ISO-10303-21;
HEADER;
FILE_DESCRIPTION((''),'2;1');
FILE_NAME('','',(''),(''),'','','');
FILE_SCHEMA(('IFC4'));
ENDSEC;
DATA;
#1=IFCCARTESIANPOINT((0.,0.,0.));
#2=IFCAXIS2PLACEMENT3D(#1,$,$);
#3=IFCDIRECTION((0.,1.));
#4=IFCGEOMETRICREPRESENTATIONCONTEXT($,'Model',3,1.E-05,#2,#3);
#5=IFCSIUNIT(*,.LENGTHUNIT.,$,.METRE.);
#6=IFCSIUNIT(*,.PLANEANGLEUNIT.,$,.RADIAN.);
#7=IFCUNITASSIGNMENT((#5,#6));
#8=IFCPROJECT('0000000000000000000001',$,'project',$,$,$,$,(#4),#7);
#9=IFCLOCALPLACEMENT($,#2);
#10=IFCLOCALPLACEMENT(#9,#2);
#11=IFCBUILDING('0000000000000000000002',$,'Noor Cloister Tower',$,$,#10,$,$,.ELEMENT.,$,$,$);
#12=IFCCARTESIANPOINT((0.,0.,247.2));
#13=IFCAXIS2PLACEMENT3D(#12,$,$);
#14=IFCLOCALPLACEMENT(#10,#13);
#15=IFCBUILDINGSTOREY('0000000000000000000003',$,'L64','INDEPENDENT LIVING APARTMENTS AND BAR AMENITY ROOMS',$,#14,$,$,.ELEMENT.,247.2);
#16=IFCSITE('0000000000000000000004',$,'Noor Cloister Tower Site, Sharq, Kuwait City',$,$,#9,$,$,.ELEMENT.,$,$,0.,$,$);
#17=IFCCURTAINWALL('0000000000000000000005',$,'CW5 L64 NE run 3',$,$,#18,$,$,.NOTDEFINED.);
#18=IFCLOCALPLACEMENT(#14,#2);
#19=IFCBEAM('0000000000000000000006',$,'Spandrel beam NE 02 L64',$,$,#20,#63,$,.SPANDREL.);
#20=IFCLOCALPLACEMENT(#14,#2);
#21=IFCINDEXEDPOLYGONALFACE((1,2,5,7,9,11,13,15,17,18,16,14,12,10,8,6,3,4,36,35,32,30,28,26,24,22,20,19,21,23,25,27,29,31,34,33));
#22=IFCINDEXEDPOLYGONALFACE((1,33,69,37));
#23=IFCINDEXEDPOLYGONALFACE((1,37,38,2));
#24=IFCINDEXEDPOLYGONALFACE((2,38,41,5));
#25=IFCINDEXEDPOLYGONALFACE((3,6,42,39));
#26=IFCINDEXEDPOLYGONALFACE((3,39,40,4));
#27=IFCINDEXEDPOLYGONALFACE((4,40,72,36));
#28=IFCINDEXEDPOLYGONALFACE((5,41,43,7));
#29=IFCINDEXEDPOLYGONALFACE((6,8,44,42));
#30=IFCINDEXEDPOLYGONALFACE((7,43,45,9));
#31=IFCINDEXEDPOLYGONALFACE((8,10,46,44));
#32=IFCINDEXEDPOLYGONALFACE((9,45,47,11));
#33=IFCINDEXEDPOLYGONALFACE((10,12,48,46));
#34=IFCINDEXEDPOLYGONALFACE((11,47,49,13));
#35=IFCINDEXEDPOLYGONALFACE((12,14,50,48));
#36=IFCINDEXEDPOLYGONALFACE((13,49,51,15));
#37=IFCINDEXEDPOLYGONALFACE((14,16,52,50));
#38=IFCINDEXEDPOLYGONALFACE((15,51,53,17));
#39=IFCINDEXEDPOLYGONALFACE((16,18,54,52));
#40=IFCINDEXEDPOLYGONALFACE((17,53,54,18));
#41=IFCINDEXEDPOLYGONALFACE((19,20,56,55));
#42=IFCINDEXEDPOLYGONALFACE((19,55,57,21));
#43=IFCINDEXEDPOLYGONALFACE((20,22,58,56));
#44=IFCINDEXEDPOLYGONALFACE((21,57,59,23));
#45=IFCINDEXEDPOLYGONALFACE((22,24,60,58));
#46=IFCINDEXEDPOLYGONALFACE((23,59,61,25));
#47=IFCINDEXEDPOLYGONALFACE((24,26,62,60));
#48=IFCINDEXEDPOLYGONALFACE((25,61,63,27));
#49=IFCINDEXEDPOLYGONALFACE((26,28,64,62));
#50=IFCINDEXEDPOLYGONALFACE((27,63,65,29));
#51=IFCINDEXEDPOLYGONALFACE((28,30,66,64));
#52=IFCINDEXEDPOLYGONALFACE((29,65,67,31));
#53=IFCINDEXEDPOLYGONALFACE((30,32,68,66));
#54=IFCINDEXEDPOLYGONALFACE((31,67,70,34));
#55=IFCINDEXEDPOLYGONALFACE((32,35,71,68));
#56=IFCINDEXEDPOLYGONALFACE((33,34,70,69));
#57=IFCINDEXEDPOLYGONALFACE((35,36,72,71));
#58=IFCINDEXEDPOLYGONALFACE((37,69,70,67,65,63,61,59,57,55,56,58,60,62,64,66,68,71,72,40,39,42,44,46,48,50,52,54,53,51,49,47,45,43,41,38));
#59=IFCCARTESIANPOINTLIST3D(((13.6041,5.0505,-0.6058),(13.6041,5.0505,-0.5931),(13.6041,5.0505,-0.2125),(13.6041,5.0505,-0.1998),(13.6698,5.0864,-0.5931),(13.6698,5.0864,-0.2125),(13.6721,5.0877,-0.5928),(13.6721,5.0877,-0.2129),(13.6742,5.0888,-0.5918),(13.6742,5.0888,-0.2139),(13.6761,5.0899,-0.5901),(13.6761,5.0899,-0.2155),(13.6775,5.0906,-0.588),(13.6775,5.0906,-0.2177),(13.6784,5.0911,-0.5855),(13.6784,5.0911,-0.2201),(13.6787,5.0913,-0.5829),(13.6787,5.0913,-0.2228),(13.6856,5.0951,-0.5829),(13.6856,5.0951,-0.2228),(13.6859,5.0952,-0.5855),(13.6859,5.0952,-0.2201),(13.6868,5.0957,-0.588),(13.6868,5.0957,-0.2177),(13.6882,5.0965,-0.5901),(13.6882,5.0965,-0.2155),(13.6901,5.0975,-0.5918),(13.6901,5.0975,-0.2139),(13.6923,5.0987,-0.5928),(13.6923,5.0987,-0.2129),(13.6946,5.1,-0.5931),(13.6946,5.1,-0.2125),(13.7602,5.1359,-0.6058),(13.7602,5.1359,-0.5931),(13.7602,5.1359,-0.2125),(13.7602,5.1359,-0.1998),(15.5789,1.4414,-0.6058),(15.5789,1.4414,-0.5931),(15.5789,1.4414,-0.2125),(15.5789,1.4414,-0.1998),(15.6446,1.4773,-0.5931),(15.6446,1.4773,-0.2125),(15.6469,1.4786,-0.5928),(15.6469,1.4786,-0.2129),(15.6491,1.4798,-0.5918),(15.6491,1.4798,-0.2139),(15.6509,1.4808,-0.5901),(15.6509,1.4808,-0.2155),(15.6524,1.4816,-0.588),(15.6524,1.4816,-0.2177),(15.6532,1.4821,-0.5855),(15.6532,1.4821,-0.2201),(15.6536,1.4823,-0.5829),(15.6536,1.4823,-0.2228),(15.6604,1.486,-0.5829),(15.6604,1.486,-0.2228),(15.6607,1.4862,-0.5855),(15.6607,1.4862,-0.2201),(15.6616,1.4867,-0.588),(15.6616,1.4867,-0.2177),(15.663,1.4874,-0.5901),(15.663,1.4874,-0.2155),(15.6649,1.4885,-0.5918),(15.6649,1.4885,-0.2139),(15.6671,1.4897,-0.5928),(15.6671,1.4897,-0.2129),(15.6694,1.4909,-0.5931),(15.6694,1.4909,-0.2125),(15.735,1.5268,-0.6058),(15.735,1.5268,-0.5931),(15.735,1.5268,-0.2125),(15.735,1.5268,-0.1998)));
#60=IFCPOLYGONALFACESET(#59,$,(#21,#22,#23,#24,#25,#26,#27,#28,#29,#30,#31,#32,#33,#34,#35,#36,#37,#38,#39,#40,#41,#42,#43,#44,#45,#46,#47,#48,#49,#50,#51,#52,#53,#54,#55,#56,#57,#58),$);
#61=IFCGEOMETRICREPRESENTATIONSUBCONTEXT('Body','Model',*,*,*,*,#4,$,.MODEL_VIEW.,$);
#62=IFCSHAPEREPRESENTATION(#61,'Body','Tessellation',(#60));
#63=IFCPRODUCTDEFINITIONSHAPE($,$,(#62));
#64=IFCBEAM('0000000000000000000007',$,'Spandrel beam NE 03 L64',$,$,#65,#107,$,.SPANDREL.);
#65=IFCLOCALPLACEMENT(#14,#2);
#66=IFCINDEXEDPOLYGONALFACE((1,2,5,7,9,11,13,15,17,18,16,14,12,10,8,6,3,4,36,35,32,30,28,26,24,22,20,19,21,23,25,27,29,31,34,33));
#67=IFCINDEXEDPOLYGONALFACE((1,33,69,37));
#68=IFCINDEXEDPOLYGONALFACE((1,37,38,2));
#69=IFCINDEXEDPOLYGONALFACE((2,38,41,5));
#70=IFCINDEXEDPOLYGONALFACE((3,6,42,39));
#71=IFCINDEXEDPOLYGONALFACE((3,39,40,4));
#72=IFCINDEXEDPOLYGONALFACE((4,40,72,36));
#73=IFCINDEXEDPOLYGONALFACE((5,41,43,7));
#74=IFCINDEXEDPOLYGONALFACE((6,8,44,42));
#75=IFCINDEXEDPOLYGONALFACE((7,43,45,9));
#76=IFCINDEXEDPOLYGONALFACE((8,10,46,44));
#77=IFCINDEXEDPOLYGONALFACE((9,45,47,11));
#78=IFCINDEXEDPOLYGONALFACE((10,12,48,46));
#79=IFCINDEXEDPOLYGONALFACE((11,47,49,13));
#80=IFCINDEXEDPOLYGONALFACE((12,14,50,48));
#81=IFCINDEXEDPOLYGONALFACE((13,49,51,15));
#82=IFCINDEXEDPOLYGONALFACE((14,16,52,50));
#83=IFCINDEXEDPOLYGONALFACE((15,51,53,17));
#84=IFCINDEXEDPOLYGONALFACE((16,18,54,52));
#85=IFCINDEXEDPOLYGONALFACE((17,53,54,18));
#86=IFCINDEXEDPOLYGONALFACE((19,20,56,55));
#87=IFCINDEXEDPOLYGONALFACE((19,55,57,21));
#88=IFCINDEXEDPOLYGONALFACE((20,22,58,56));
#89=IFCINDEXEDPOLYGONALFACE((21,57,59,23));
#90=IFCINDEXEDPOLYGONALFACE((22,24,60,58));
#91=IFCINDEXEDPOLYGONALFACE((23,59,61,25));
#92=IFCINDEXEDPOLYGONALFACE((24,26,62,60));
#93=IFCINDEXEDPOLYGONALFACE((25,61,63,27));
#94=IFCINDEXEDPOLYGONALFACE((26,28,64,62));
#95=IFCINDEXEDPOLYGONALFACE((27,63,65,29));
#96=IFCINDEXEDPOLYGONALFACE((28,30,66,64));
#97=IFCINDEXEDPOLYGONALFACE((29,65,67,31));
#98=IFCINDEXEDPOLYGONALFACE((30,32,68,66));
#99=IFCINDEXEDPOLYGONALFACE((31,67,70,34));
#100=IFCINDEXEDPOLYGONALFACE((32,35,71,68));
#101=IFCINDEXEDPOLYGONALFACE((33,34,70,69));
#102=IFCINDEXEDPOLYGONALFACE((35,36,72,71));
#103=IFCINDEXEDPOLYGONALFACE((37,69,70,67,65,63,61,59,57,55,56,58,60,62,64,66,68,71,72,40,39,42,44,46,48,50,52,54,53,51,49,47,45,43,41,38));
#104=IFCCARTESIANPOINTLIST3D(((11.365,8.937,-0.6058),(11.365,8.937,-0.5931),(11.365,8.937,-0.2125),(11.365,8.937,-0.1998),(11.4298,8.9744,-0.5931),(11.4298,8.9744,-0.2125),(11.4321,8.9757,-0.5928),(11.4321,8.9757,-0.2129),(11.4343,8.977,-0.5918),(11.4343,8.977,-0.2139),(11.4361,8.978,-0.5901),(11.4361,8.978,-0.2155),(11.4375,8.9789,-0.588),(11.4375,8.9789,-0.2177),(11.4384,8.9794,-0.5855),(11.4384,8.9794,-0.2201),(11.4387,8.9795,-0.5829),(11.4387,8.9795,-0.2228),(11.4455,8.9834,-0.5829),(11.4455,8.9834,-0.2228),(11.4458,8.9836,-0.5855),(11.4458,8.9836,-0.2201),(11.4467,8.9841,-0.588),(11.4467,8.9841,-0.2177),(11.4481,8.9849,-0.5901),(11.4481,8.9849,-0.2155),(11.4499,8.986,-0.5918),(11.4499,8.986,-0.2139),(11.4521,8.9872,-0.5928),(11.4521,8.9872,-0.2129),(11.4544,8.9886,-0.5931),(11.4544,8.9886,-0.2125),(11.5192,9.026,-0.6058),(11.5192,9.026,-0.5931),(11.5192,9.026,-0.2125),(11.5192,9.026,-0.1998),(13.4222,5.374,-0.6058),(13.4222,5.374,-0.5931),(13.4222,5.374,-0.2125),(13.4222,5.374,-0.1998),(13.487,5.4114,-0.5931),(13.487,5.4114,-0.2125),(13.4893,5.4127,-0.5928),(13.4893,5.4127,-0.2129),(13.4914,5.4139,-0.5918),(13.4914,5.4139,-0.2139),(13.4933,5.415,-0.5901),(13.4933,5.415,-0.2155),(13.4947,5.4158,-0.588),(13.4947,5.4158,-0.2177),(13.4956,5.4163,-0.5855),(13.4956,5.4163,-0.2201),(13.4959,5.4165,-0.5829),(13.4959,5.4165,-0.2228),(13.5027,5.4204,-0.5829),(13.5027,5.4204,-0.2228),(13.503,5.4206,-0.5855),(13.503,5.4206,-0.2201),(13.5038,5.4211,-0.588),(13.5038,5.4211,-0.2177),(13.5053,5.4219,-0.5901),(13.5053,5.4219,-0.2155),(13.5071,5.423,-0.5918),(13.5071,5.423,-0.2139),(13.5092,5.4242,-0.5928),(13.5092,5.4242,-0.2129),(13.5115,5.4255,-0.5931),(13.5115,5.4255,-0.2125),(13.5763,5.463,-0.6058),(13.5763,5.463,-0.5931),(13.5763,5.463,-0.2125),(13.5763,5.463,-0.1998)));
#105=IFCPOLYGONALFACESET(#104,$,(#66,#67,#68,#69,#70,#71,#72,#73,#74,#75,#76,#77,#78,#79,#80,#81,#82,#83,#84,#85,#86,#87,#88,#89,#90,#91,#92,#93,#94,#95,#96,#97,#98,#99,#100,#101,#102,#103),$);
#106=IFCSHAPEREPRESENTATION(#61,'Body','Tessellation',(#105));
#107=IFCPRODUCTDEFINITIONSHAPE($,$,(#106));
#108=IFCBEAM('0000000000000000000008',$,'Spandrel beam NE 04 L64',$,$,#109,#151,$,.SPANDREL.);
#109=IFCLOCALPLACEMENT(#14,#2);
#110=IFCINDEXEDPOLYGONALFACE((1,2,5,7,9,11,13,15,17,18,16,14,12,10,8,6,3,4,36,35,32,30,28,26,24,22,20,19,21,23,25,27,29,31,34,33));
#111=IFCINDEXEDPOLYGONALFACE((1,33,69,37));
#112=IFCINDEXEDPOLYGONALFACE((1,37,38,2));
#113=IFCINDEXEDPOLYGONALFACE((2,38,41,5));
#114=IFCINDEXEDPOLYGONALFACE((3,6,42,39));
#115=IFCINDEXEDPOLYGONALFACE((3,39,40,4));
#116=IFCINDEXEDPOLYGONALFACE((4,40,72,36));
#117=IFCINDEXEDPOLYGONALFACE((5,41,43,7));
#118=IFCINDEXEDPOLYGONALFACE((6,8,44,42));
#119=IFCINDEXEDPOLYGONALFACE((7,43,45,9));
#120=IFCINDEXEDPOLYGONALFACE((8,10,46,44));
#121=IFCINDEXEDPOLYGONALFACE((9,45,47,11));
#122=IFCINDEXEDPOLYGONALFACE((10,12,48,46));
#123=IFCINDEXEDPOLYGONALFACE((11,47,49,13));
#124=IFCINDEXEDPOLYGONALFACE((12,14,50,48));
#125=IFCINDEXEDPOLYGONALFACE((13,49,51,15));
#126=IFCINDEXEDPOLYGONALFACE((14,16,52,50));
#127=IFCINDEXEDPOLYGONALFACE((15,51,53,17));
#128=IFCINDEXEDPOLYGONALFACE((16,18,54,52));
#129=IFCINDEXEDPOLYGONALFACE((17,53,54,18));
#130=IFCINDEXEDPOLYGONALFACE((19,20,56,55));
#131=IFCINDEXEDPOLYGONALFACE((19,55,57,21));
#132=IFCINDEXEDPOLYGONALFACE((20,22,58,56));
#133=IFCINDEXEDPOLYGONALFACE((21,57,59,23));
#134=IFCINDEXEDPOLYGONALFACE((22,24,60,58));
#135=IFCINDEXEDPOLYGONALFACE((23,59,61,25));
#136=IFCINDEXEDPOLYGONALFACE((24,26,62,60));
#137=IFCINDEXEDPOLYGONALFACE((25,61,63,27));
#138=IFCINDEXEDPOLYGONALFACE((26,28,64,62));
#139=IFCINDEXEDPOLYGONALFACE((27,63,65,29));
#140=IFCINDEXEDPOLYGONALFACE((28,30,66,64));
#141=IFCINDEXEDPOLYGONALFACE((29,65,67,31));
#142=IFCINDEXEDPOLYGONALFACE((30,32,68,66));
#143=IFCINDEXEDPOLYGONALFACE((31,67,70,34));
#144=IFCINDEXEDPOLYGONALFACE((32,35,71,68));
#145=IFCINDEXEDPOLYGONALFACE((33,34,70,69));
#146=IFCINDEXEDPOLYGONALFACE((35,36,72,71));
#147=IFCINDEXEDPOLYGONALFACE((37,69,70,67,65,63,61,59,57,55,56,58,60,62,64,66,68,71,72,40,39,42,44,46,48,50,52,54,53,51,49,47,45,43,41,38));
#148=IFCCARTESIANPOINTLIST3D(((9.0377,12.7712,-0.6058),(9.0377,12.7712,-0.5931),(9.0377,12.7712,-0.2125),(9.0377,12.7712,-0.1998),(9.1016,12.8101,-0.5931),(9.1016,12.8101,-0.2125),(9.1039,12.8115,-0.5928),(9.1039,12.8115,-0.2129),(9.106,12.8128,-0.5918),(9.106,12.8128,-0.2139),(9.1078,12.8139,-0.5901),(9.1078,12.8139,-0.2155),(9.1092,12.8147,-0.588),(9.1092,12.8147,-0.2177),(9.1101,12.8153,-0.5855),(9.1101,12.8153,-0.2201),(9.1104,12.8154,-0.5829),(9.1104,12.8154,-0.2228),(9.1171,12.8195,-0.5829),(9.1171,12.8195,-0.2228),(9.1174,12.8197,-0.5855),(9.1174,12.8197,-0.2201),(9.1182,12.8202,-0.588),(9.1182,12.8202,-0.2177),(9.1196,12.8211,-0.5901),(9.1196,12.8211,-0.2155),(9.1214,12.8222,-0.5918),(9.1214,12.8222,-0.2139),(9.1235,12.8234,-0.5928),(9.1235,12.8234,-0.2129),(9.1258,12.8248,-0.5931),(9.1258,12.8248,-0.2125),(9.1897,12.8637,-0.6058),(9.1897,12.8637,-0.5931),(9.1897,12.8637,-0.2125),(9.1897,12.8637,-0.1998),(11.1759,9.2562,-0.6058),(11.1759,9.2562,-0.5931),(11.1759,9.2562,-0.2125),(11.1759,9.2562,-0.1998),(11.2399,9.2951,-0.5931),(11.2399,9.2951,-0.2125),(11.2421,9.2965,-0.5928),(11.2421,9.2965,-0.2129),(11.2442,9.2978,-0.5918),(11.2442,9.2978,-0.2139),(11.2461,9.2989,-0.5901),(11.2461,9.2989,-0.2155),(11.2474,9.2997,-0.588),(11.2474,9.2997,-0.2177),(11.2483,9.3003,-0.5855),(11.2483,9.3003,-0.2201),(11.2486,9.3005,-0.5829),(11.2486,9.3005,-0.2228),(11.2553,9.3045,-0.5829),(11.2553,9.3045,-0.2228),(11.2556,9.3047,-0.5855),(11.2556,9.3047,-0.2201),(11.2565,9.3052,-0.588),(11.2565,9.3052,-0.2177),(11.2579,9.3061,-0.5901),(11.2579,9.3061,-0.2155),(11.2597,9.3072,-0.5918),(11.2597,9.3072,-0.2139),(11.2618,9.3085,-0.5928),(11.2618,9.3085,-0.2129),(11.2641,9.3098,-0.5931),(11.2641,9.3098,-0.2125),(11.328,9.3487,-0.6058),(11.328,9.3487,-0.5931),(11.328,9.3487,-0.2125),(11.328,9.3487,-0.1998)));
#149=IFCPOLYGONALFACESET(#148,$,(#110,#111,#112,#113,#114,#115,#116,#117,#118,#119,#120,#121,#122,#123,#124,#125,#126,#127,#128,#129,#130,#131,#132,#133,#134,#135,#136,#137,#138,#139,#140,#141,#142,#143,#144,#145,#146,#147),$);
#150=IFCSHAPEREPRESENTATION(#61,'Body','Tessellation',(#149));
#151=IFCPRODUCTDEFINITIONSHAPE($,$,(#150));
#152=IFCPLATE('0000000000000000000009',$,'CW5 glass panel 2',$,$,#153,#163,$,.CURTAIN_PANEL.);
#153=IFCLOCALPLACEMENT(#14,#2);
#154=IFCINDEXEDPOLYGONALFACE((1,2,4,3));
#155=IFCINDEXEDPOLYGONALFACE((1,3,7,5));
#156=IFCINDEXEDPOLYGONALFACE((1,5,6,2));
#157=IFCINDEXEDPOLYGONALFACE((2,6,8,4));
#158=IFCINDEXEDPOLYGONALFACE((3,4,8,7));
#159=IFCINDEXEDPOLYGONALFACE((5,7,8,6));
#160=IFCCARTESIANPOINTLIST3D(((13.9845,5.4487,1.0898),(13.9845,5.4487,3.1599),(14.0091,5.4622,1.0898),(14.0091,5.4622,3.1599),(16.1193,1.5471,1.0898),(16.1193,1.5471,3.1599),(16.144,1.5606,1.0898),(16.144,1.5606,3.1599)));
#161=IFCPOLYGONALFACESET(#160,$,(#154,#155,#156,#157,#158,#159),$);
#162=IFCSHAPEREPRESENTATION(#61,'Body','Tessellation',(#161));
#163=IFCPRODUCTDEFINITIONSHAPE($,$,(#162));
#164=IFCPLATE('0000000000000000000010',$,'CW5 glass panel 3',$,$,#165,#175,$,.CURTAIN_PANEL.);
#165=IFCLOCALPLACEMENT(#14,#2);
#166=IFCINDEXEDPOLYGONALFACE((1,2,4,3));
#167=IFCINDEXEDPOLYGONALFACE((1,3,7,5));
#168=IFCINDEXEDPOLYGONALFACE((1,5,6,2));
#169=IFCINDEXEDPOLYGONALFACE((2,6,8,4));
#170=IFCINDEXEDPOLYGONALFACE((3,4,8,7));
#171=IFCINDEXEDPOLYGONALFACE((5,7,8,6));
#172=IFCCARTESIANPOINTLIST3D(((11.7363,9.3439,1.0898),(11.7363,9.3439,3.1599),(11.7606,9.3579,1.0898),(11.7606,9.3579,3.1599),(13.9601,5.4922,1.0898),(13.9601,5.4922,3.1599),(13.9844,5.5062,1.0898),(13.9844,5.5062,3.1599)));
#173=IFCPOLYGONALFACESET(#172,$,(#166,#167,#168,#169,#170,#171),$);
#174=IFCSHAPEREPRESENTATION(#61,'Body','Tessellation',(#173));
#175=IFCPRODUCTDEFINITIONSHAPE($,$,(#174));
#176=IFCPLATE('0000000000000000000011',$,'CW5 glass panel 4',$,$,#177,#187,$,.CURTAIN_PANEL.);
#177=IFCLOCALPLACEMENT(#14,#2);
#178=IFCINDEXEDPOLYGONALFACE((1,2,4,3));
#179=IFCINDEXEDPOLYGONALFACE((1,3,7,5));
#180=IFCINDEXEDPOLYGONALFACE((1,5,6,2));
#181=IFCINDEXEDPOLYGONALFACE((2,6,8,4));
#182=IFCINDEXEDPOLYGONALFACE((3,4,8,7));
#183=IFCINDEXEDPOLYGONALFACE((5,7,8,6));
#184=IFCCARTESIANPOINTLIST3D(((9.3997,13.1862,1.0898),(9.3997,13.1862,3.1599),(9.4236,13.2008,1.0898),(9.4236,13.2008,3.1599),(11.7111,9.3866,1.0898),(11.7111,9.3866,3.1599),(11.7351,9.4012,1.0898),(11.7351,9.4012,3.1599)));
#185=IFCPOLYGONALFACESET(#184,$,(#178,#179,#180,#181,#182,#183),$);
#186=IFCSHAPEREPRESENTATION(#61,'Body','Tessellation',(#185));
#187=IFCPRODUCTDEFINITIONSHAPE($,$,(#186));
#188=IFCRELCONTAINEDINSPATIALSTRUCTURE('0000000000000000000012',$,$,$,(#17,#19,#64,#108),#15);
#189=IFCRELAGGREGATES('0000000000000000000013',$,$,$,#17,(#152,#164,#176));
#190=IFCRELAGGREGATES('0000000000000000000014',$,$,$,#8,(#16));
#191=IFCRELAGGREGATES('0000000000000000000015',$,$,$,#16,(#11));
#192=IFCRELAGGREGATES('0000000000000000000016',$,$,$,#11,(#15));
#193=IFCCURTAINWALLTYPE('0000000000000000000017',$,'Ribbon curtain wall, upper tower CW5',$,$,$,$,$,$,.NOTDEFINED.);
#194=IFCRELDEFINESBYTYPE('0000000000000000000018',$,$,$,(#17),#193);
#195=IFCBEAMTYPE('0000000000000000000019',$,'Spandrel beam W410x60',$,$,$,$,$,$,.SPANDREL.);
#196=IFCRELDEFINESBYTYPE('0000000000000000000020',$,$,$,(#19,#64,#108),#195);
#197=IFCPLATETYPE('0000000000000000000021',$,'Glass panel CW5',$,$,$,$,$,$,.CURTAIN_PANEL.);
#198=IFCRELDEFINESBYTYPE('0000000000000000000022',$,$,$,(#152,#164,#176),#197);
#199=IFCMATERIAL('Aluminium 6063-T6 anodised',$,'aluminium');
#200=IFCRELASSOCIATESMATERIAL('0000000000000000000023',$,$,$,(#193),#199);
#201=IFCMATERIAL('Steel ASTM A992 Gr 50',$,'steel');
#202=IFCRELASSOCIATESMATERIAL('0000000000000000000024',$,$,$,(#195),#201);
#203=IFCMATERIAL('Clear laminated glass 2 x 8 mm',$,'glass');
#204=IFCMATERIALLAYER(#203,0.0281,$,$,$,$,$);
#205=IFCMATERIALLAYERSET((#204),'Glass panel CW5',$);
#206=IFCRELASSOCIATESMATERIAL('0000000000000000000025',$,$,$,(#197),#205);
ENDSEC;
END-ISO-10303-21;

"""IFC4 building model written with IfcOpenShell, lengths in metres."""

from ifc_helpers import new_model, si_unit, direction, frame, origin, origin_2d, place, context, subcontext, project, spatial, rectangle, i_section, extrude, material, layer, layer_set, material_profile, profile_set, type_object, element, aggregate, save


model = new_model("IFC4")

# Units and contexts
model_context = context("Model", 3, precision=1e-05, world=origin(), true_north=direction((0.0, 1.0)))
body_context = subcontext(model_context, "Body", "Model", "MODEL_VIEW")
ifc_project = project(units=[si_unit("LENGTHUNIT", "METRE"), si_unit("PLANEANGLEUNIT", "RADIAN")], contexts=[model_context])

# Site, building, storey
site_placement = place(None, origin())
site = spatial("IfcSite", under=ifc_project, at=site_placement, Name="Noor Cloister Tower Site, Sharq, Kuwait City", CompositionType="ELEMENT", RefElevation=0.0)
building_placement = place(site_placement, origin())
building = spatial("IfcBuilding", under=site, at=building_placement, Name="Noor Cloister Tower", CompositionType="ELEMENT")
storey_placement = place(building_placement, frame((0.0, 0.0, 247.2)))
storey = spatial("IfcBuildingStorey", under=building, at=storey_placement, Name="L64", Description="INDEPENDENT LIVING APARTMENTS AND BAR AMENITY ROOMS", CompositionType="ELEMENT", Elevation=247.2)

# Curtain wall
ifc_material_1 = material(Name="Aluminium 6063-T6 anodised", Category="aluminium")
curtain_wall_type = type_object("IfcCurtainWallType", Name="Ribbon curtain wall, upper tower CW5", PredefinedType="NOTDEFINED", material=ifc_material_1)
curtain_wall_placement = place(storey_placement, origin())
curtain_wall = element("IfcCurtainWall", 1, at=curtain_wall_placement, inside=storey, type_object=curtain_wall_type, Name="CW5 L64 NE run 3", PredefinedType="NOTDEFINED")

# Beams
ifc_material_2 = material(Name="Steel ASTM A992 Gr 50", Category="steel")
ifc_material_profile_1 = material_profile(ifc_material_2, i_section(OverallWidth=0.178, OverallDepth=0.406, WebThickness=0.0078, FlangeThickness=0.0127, FilletRadius=0.0103, at=origin_2d()), Name="W410x60")
ifc_profile_set_1 = profile_set([ifc_material_profile_1], Name="Steel ASTM A992 Gr 50")
beam_type_1 = type_object("IfcBeamType", Name="Spandrel beam W410x60", PredefinedType="SPANDREL", material=ifc_profile_set_1)
beam_1_placement = place(storey_placement, frame((15.657, 1.4841, -0.4028), z_axis=(-0.48002, 0.877258, 0.0), x_axis=(-0.877258, -0.48002, 0.0)))
element("IfcBeam", 2, at=beam_1_placement, inside=storey, type_object=beam_type_1, Name="Spandrel beam NE 02 L64", PredefinedType="SPANDREL", context=body_context, shape_type="SweptSolid", body=[
    extrude(i_section(OverallWidth=0.178, OverallDepth=0.406, WebThickness=0.0078, FlangeThickness=0.0127, FilletRadius=0.0103, at=origin_2d()), origin(), (0.0, 0.0, 1.0), 4.114),
])
for number, where, z_axis, x_axis, name in (
    (3, (13.4993, 5.4185, -0.4028), (-0.500007, 0.866022, 0.0), (-0.866022, -0.500007, 0.0), "Spandrel beam NE 03 L64"),
    (4, (11.252, 9.3025, -0.4028), (-0.519713, 0.854341, 0.0), (-0.854341, -0.519713, 0.0), "Spandrel beam NE 04 L64"),
):
    element("IfcBeam", number, at=place(storey_placement, frame(where, z_axis=z_axis, x_axis=x_axis)), inside=storey, type_object=beam_type_1, Name=name, PredefinedType="SPANDREL", context=body_context, shape_type="SweptSolid", body=[
        extrude(i_section(OverallWidth=0.178, OverallDepth=0.406, WebThickness=0.0078, FlangeThickness=0.0127, FilletRadius=0.0103, at=origin_2d()), origin(), (0.0, 0.0, 1.0), 4.1143),
    ])

# Plates
ifc_material_3 = material(Name="Clear laminated glass 2 x 8 mm", Category="glass")
ifc_layer_1 = layer(ifc_material_3, 0.0281)
ifc_layer_set_1 = layer_set([ifc_layer_1], Name="Glass panel CW5")
plate_type = type_object("IfcPlateType", Name="Glass panel CW5", PredefinedType="CURTAIN_PANEL", material=ifc_layer_set_1)
plate_1_placement = place(storey_placement, frame((15.0642, 3.5046, 1.0898), z_axis=(0.0, 0.0, 1.0), x_axis=(-0.480015, 0.87726, 0.0)))
plate_1 = element("IfcPlate", 5, at=plate_1_placement, type_object=plate_type, Name="CW5 glass panel 2", PredefinedType="CURTAIN_PANEL", context=body_context, shape_type="SweptSolid", body=[
    extrude(rectangle(XDim=4.4475, YDim=0.0281, at=origin_2d()), origin(), (0.0, 0.0, 1.0), 2.0701),
])
plate_2_placement = place(storey_placement, frame((12.8604, 7.425, 1.0898), z_axis=(0.0, 0.0, 1.0), x_axis=(-0.5, 0.866025, 0.0)))
plate_2 = element("IfcPlate", 6, at=plate_2_placement, type_object=plate_type, Name="CW5 glass panel 3", PredefinedType="CURTAIN_PANEL", context=body_context, shape_type="SweptSolid", body=[
    extrude(rectangle(XDim=4.4475, YDim=0.0281, at=origin_2d()), origin(), (0.0, 0.0, 1.0), 2.0701),
])
plate_3_placement = place(storey_placement, frame((10.5674, 11.2937, 1.0898), z_axis=(0.0, 0.0, 1.0), x_axis=(-0.519722, 0.854335, 0.0)))
plate_3 = element("IfcPlate", 7, at=plate_3_placement, type_object=plate_type, Name="CW5 glass panel 4", PredefinedType="CURTAIN_PANEL", context=body_context, shape_type="SweptSolid", body=[
    extrude(rectangle(XDim=4.4475, YDim=0.0281, at=origin_2d()), origin(), (0.0, 0.0, 1.0), 2.0701),
])
aggregate(curtain_wall, [plate_1, plate_2, plate_3])

save(model, "model.ifc")
